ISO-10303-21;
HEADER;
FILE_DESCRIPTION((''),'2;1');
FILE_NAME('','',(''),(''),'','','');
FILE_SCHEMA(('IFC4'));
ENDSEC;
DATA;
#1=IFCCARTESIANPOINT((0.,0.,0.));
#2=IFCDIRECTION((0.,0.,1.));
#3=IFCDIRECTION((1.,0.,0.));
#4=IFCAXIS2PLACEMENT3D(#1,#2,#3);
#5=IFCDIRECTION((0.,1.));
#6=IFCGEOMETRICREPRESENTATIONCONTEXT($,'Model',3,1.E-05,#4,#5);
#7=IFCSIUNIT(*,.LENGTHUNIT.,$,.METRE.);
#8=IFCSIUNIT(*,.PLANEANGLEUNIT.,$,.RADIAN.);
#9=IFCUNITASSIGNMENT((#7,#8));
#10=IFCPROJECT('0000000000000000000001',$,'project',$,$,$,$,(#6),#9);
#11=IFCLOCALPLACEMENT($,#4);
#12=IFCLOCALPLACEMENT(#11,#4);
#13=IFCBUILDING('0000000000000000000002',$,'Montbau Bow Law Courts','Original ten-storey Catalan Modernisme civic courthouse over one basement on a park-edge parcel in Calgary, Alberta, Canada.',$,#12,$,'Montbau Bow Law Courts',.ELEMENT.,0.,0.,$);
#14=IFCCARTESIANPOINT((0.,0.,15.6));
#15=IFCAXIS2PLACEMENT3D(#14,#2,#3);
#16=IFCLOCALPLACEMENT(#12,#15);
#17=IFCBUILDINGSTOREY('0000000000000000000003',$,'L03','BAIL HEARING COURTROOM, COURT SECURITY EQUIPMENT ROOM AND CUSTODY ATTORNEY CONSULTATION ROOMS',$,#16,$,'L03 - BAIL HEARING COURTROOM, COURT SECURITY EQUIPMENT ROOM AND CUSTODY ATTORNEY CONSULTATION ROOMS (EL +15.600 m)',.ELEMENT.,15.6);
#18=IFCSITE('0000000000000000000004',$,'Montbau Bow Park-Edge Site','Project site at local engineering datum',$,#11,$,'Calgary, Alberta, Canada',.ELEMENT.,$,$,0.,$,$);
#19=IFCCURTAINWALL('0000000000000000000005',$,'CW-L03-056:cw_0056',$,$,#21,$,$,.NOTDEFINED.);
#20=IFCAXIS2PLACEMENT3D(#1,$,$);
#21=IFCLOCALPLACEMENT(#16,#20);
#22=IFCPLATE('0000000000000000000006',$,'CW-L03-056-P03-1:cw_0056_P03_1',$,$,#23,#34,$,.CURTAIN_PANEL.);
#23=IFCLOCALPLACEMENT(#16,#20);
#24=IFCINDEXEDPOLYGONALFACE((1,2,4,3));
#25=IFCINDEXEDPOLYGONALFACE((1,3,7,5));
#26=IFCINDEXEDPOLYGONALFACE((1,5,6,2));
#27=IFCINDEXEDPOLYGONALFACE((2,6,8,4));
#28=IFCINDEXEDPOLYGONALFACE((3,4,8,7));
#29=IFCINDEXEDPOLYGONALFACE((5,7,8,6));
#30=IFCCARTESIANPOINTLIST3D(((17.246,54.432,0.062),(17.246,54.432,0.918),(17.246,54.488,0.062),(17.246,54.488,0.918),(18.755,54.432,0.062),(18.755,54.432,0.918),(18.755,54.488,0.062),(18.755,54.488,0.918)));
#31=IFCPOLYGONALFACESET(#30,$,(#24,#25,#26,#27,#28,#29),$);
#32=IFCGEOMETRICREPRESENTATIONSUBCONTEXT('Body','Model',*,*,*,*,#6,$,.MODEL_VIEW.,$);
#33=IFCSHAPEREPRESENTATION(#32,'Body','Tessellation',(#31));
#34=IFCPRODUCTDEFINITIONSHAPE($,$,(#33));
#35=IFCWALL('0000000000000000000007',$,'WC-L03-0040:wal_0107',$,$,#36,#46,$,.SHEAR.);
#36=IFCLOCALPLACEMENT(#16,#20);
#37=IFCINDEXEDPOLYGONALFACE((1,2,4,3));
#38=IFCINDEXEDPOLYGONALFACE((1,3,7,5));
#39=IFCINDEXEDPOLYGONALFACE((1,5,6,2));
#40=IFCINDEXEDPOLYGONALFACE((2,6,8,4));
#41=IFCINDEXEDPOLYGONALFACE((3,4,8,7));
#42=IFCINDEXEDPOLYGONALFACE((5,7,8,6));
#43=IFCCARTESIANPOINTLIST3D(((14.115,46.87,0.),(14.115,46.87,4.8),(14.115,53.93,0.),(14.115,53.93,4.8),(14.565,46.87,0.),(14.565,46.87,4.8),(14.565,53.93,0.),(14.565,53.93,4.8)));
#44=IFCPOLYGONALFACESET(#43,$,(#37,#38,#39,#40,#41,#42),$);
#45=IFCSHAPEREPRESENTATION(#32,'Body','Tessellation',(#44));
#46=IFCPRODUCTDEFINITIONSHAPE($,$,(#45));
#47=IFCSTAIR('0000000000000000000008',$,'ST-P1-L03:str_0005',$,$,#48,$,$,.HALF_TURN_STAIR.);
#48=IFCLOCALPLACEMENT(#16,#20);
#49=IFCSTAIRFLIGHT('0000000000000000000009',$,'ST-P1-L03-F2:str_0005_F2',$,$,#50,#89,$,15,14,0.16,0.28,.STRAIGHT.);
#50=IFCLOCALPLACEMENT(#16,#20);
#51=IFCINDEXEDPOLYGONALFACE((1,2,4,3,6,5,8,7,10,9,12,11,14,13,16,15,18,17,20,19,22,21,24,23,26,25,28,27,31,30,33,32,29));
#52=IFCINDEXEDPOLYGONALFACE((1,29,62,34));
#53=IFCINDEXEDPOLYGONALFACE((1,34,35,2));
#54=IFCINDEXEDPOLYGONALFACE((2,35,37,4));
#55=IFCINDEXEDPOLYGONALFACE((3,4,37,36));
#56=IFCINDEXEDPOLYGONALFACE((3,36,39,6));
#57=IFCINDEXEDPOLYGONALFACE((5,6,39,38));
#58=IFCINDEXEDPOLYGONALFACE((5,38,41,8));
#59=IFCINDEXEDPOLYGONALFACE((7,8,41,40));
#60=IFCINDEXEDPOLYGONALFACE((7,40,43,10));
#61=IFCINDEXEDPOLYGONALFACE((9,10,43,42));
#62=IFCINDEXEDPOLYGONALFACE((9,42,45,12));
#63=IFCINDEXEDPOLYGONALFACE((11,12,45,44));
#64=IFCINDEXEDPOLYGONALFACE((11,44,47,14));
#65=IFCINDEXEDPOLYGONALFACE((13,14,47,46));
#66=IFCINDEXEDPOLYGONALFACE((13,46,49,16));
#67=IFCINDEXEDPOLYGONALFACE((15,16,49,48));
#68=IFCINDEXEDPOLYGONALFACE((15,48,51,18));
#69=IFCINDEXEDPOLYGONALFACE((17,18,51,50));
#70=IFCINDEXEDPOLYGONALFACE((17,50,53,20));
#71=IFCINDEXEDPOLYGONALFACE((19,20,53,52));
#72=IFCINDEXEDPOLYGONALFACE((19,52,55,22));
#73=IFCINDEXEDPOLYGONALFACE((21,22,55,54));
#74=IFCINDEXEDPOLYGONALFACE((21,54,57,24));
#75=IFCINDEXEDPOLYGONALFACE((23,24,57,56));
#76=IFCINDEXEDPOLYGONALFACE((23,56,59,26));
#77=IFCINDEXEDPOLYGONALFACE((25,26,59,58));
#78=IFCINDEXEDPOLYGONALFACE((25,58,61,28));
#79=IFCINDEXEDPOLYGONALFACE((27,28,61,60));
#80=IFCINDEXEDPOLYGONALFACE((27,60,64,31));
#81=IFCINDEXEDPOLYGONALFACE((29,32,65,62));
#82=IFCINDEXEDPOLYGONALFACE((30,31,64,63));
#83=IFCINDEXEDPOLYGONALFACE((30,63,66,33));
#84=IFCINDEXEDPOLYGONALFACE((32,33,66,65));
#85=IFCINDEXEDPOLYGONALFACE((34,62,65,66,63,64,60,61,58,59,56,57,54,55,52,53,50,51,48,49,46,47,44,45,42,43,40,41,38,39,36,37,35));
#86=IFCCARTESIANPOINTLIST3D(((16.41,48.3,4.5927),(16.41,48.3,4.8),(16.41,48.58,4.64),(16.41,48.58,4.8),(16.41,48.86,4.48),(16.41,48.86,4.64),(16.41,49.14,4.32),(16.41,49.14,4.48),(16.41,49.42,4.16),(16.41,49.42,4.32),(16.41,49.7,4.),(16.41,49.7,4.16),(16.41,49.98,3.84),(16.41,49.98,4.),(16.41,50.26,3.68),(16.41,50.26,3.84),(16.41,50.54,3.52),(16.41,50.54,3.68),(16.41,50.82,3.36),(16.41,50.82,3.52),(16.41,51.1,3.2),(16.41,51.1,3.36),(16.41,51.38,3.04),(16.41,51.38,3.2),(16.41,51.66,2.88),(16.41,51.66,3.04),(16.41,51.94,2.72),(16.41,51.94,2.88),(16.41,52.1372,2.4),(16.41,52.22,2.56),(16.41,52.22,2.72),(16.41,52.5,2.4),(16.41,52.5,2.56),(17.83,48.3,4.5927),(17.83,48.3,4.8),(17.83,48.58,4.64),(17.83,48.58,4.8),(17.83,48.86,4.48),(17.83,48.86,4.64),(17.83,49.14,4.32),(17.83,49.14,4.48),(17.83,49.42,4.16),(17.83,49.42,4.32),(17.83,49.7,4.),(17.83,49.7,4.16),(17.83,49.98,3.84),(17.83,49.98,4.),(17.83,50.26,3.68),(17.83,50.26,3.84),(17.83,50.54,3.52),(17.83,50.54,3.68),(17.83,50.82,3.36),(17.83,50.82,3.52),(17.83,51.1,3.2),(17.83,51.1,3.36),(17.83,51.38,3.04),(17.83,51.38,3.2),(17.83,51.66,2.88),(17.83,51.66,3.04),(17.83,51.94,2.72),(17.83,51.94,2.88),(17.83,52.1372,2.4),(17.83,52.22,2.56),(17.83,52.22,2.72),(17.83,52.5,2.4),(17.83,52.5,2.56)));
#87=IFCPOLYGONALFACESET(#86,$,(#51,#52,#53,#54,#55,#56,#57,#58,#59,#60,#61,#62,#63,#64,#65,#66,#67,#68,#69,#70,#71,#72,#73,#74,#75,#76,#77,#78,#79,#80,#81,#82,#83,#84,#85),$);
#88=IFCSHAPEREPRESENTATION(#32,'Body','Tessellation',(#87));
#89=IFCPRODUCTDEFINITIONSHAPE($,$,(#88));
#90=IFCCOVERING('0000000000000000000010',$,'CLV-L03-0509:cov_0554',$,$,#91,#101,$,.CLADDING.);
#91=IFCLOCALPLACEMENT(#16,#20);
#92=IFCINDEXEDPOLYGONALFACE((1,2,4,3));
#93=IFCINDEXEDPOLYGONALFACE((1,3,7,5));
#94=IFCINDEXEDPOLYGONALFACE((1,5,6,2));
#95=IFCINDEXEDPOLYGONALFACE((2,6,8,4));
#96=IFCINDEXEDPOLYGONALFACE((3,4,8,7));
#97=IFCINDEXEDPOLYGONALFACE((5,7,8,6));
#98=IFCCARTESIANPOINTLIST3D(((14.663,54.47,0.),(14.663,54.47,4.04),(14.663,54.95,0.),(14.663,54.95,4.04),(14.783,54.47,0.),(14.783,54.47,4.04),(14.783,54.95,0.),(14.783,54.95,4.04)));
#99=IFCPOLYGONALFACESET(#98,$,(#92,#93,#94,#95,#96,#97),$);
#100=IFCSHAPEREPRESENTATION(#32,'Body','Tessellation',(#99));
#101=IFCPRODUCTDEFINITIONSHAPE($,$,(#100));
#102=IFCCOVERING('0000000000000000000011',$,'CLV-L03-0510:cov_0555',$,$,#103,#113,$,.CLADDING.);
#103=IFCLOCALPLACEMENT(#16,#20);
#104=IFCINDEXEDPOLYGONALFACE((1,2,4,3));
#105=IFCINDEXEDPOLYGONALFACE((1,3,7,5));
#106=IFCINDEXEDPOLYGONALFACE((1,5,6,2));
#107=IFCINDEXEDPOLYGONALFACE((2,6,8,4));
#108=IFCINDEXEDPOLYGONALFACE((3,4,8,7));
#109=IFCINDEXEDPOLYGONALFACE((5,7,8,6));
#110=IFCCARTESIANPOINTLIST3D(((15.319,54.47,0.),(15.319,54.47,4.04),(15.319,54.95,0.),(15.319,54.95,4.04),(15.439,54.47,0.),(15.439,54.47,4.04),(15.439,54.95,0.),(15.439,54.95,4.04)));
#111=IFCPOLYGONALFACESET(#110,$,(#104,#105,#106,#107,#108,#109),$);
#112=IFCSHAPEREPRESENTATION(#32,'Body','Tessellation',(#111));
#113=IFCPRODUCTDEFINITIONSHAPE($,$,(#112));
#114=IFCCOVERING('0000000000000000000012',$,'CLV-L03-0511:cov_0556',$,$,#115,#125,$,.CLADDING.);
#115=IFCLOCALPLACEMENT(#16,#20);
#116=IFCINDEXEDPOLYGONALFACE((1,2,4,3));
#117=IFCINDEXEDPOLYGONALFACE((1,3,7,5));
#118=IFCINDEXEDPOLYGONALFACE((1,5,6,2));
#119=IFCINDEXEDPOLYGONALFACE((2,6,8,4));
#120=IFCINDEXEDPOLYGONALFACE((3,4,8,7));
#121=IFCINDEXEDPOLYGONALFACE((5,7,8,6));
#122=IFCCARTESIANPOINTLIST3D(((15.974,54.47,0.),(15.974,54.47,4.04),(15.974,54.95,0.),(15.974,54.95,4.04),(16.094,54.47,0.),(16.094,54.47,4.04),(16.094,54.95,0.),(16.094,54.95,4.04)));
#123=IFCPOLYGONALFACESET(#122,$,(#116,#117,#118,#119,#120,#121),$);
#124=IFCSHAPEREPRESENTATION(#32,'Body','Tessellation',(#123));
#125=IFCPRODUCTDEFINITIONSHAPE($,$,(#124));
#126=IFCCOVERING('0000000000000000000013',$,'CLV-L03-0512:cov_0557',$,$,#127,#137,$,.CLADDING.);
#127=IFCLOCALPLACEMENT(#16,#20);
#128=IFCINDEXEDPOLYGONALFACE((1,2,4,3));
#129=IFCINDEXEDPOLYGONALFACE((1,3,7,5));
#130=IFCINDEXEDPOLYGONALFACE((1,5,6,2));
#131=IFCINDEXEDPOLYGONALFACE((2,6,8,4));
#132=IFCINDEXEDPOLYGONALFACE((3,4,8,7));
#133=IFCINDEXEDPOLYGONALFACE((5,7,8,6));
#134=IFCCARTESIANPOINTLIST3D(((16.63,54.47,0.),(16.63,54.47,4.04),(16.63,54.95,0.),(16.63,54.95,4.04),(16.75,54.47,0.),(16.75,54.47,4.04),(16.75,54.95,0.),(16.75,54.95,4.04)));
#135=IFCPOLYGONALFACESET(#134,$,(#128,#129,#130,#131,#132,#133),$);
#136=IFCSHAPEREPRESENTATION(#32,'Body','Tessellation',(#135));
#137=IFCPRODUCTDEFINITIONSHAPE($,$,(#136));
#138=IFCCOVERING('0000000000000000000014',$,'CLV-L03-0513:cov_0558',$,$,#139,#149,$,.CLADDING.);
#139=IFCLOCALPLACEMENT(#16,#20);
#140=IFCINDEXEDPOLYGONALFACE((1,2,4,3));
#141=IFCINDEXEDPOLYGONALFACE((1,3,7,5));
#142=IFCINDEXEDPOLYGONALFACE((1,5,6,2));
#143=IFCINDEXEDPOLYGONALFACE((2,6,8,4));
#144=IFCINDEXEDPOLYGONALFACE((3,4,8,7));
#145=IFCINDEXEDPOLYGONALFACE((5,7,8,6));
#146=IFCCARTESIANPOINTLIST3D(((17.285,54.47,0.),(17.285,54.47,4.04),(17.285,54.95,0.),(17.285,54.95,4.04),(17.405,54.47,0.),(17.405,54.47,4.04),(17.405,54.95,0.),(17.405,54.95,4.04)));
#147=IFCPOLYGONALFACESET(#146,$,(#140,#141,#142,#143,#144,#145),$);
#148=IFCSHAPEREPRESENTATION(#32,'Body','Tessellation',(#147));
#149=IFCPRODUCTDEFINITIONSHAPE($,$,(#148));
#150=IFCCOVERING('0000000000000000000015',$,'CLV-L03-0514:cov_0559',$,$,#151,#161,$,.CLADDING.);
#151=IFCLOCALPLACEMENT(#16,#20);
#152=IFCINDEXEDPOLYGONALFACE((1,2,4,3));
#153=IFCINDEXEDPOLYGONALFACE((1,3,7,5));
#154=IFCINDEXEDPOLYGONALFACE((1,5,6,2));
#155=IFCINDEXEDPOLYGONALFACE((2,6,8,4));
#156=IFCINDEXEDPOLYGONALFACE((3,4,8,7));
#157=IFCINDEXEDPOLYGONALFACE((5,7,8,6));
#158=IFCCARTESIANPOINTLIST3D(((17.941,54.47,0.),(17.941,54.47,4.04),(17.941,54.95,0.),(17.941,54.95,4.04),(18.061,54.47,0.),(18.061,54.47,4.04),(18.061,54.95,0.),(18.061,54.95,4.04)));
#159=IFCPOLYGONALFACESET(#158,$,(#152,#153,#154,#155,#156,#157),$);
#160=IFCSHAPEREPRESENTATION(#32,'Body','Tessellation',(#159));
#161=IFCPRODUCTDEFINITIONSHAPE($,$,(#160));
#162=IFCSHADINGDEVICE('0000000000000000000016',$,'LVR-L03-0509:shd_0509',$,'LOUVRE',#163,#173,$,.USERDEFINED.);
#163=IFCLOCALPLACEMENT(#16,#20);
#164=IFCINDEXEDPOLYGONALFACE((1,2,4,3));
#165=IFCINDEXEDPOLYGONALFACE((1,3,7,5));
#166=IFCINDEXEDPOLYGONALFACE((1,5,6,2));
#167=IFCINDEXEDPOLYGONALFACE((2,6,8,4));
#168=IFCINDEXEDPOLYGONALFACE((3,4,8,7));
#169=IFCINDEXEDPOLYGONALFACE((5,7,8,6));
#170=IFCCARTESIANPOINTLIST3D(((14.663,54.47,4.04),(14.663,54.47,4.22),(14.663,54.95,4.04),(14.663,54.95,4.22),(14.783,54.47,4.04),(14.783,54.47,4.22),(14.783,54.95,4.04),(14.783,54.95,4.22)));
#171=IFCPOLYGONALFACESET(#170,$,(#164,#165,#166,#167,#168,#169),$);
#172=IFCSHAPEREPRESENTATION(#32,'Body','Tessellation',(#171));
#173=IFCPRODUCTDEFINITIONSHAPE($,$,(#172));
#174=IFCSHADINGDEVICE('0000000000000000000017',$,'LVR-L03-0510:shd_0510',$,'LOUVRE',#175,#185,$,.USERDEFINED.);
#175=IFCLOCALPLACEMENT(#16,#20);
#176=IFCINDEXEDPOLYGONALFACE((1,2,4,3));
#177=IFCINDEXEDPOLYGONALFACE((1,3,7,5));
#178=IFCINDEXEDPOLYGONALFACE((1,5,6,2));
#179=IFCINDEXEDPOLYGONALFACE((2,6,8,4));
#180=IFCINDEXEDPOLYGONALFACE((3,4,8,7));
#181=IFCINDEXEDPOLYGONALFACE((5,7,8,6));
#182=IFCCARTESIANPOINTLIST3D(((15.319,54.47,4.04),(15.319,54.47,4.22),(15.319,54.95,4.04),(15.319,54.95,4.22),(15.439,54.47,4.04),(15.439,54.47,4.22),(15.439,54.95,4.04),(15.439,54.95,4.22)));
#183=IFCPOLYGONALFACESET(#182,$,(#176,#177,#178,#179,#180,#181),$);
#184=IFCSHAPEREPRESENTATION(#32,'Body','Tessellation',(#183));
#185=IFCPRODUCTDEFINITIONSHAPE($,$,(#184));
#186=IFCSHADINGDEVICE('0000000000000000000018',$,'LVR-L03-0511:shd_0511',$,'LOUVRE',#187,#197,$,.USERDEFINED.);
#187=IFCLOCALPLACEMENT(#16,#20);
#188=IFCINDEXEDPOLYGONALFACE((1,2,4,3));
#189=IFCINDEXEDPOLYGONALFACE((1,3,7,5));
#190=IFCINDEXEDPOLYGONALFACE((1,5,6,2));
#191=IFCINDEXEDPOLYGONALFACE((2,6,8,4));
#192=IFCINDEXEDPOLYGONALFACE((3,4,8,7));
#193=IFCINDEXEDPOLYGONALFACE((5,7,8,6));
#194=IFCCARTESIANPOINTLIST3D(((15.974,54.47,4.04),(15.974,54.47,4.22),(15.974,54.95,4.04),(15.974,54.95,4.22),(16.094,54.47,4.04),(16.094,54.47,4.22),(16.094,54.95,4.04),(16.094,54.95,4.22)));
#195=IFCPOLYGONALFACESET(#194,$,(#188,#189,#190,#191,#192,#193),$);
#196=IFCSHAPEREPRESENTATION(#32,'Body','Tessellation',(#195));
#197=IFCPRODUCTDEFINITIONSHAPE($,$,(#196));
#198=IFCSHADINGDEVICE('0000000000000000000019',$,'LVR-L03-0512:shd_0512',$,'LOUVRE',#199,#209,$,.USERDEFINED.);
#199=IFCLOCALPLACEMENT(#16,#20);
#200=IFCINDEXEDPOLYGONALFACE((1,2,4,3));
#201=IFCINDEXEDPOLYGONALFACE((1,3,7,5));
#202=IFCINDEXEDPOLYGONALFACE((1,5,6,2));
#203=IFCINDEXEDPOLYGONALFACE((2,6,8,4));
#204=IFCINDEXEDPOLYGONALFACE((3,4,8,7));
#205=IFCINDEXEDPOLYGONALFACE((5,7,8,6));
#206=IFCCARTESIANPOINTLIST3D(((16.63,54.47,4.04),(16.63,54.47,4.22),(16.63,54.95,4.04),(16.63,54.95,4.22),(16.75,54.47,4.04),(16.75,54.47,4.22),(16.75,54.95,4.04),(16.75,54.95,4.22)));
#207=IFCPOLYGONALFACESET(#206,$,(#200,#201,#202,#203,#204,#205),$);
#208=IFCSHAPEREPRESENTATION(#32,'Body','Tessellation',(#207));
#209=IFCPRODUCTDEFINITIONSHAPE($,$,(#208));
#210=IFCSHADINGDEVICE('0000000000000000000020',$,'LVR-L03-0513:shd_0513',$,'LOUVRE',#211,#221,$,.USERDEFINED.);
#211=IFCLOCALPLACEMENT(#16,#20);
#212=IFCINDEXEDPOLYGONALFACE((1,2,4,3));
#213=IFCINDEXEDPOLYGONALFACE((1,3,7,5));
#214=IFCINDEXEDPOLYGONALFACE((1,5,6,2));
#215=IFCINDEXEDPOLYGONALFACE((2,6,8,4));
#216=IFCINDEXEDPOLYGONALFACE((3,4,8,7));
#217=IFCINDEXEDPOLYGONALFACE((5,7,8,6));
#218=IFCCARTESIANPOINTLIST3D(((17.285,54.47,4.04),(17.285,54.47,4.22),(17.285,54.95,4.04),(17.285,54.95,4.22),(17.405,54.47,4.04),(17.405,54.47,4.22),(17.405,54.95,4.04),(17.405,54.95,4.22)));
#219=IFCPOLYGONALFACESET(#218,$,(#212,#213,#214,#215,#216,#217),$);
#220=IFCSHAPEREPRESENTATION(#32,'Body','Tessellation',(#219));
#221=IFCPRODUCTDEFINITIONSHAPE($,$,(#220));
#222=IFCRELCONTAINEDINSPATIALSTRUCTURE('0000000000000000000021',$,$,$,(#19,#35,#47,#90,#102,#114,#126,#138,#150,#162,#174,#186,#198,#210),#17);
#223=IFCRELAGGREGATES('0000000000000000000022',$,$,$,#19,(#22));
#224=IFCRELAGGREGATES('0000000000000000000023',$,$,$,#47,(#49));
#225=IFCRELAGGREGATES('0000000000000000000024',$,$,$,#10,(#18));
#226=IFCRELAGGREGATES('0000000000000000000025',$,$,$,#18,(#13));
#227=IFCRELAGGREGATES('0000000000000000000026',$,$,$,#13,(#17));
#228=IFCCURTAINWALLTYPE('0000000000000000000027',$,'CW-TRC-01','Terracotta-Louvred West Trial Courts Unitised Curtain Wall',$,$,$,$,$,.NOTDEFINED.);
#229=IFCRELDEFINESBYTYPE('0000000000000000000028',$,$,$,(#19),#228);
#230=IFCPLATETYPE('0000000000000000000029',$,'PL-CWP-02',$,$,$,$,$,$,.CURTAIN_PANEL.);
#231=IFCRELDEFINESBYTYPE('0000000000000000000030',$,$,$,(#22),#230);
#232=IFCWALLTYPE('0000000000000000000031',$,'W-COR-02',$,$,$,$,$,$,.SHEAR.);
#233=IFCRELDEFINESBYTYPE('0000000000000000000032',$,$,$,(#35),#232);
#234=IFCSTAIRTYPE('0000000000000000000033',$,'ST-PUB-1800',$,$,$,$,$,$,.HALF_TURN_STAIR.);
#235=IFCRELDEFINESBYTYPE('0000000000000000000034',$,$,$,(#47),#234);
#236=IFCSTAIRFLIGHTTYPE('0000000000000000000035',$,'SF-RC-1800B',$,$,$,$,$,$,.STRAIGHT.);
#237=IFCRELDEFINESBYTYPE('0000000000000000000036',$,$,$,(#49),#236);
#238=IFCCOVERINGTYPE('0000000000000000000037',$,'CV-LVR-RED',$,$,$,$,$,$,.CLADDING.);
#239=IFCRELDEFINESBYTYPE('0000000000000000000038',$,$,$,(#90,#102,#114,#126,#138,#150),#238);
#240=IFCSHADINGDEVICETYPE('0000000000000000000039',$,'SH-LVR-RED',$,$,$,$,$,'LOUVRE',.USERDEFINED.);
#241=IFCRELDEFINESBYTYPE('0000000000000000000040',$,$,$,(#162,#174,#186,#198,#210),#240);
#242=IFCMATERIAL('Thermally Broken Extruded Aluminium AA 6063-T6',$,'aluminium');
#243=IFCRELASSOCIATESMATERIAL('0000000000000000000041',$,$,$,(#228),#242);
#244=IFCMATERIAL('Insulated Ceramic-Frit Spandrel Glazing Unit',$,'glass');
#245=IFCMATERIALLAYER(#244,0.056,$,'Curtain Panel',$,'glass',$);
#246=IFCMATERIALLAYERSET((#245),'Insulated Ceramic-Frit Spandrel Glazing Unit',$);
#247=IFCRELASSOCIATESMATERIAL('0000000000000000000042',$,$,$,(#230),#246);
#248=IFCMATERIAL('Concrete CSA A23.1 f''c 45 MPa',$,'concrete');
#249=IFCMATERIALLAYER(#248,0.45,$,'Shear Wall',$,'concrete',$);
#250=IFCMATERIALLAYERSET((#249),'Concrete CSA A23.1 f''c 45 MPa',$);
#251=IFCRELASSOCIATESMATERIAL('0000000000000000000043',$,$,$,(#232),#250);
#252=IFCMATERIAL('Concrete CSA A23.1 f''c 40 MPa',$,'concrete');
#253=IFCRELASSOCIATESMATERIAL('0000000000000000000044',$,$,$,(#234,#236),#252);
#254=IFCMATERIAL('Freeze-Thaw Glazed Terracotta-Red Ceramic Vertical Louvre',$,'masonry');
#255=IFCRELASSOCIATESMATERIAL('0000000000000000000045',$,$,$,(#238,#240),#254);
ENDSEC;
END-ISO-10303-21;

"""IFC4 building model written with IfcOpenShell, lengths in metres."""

from ifc_helpers import new_model, si_unit, direction, frame, frame_2d, origin_with_axes, origin_2d_with_axis, place, context, subcontext, project, spatial, polyline, rectangle, outline, extrude, material, layer, layer_set, type_object, element, aggregate, save


model = new_model("IFC4")

# Units and contexts
model_context = context("Model", 3, precision=1e-05, world=origin_with_axes(), true_north=direction((0.0, 1.0)))
body_context = subcontext(model_context, "Body", "Model", "MODEL_VIEW")
ifc_project = project(units=[si_unit("LENGTHUNIT", "METRE"), si_unit("PLANEANGLEUNIT", "RADIAN")], contexts=[model_context])

# Site, building, storey
site_placement = place(None, origin_with_axes())
site = spatial("IfcSite", under=ifc_project, at=site_placement, Name="Montbau Bow Park-Edge Site", Description="Project site at local engineering datum", LongName="Calgary, Alberta, Canada", CompositionType="ELEMENT", RefElevation=0.0)
building_placement = place(site_placement, origin_with_axes())
building = spatial("IfcBuilding", under=site, at=building_placement, Name="Montbau Bow Law Courts", Description="Original ten-storey Catalan Modernisme civic courthouse over one basement on a park-edge parcel in Calgary, Alberta, Canada.", LongName="Montbau Bow Law Courts", CompositionType="ELEMENT", ElevationOfRefHeight=0.0, ElevationOfTerrain=0.0)
storey_placement = place(building_placement, frame((0.0, 0.0, 15.6), z_axis=(0.0, 0.0, 1.0), x_axis=(1.0, 0.0, 0.0)))
storey = spatial("IfcBuildingStorey", under=building, at=storey_placement, Name="L03", Description="BAIL HEARING COURTROOM, COURT SECURITY EQUIPMENT ROOM AND CUSTODY ATTORNEY CONSULTATION ROOMS", LongName="L03 - BAIL HEARING COURTROOM, COURT SECURITY EQUIPMENT ROOM AND CUSTODY ATTORNEY CONSULTATION ROOMS (EL +15.600 m)", CompositionType="ELEMENT", Elevation=15.6)

# Curtain wall, plate
ifc_material_1 = material(Name="Thermally Broken Extruded Aluminium AA 6063-T6", Category="aluminium")
curtain_wall_type = type_object("IfcCurtainWallType", Name="CW-TRC-01", Description="Terracotta-Louvred West Trial Courts Unitised Curtain Wall", PredefinedType="NOTDEFINED", material=ifc_material_1)
curtain_wall_placement = place(None, frame((14.068, 54.46, 15.6), z_axis=(0.0, 0.0, 1.0), x_axis=(1.0, 0.0, 0.0)))
curtain_wall = element("IfcCurtainWall", 1, at=curtain_wall_placement, inside=storey, type_object=curtain_wall_type, Name="CW-L03-056:cw_0056", PredefinedType="NOTDEFINED")
ifc_material_2 = material(Name="Insulated Ceramic-Frit Spandrel Glazing Unit", Category="glass")
ifc_layer_1 = layer(ifc_material_2, 0.056, Name="Curtain Panel", Category="glass")
ifc_layer_set_1 = layer_set([ifc_layer_1], Name="Insulated Ceramic-Frit Spandrel Glazing Unit")
plate_type_1 = type_object("IfcPlateType", Name="PL-CWP-02", PredefinedType="CURTAIN_PANEL", material=ifc_layer_set_1)
plate_1_placement = place(None, frame((17.246, 54.46, 15.662), z_axis=(0.0, -1.0, 0.0), x_axis=(1.0, 0.0, 0.0)))
plate_1 = element("IfcPlate", 2, at=plate_1_placement, type_object=plate_type_1, Name="CW-L03-056-P03-1:cw_0056_P03_1", PredefinedType="CURTAIN_PANEL", context=body_context, shape_type="SweptSolid", body=[
    extrude(rectangle(XDim=1.509, YDim=0.856, at=frame_2d((0.7545, 0.428), x_axis=(1.0, 0.0))), frame((0.0, 0.0, -0.028), z_axis=(0.0, 0.0, 1.0), x_axis=(1.0, 0.0, 0.0)), (0.0, 0.0, 1.0), 0.056),
])
aggregate(curtain_wall, [plate_1])

# Wall
ifc_material_3 = material(Name="Concrete CSA A23.1 f'c 45 MPa", Category="concrete")
ifc_layer_2 = layer(ifc_material_3, 0.45, Name="Shear Wall", Category="concrete")
ifc_layer_set_2 = layer_set([ifc_layer_2], Name="Concrete CSA A23.1 f'c 45 MPa")
wall_type = type_object("IfcWallType", Name="W-COR-02", PredefinedType="SHEAR", material=ifc_layer_set_2)
wall_placement = place(None, frame((14.34, 53.93, 15.6), z_axis=(0.0, 0.0, 1.0), x_axis=(0.0, -1.0, 0.0)))
element("IfcWall", 3, at=wall_placement, inside=storey, type_object=wall_type, Name="WC-L03-0040:wal_0107", PredefinedType="SHEAR", context=body_context, shape_type="SweptSolid", body=[
    extrude(rectangle(XDim=7.06, YDim=0.45, at=frame_2d((3.53, 0.0), x_axis=(1.0, 0.0))), origin_with_axes(), (0.0, 0.0, 1.0), 4.8),
])

# Stair, stair flight
ifc_material_4 = material(Name="Concrete CSA A23.1 f'c 40 MPa", Category="concrete")
stair_type = type_object("IfcStairType", Name="ST-PUB-1800", PredefinedType="HALF_TURN_STAIR", material=ifc_material_4)
stair_placement = place(None, frame((15.305, 48.3, 15.6), z_axis=(0.0, 0.0, 1.0), x_axis=(1.0, 0.0, 0.0)))
stair = element("IfcStair", 4, at=stair_placement, inside=storey, type_object=stair_type, Name="ST-P1-L03:str_0005", PredefinedType="HALF_TURN_STAIR")
stair_flight_type = type_object("IfcStairFlightType", Name="SF-RC-1800B", PredefinedType="STRAIGHT", material=ifc_material_4)
stair_flight_placement = place(None, frame((17.12, 52.5, 18.0), z_axis=(0.0, 0.0, 1.0), x_axis=(0.0, -1.0, 0.0)))
stair_flight = element("IfcStairFlight", 5, at=stair_flight_placement, type_object=stair_flight_type, Name="ST-P1-L03-F2:str_0005_F2", NumberOfRisers=15, NumberOfTreads=14, PredefinedType="STRAIGHT", RiserHeight=0.16, TreadLength=0.28, context=body_context, shape_type="SweptSolid", body=[
    extrude(outline(polyline([(0.0, 0.0), (0.0, 0.16), (0.28, 0.16), (0.28, 0.32), (0.56, 0.32), (0.56, 0.48), (0.84, 0.48), (0.84, 0.64), (1.12, 0.64), (1.12, 0.8), (1.4, 0.8), (1.4, 0.96), (1.68, 0.96), (1.68, 1.12), (1.96, 1.12), (1.96, 1.28), (2.24, 1.28), (2.24, 1.44), (2.52, 1.44), (2.52, 1.6), (2.8, 1.6), (2.8, 1.76), (3.08, 1.76), (3.08, 1.92), (3.36, 1.92), (3.36, 2.08), (3.64, 2.08), (3.64, 2.24), (3.92, 2.24), (3.92, 2.4), (4.2, 2.4), (4.2, 2.1927), (0.3628, 0.0), (0.0, 0.0)])), frame((0.0, 0.71, 0.0), z_axis=(0.0, -1.0, 0.0), x_axis=(1.0, 0.0, 0.0)), (0.0, 0.0, 1.0), 1.42),
])
aggregate(stair, [stair_flight])

# Coverings
ifc_material_5 = material(Name="Freeze-Thaw Glazed Terracotta-Red Ceramic Vertical Louvre", Category="masonry")
covering_type = type_object("IfcCoveringType", Name="CV-LVR-RED", PredefinedType="CLADDING", material=ifc_material_5)
for number, where, z_axis, x_axis, name in (
    (6, (14.723, 54.47, 15.6), (1.0, 0.0, 0.0), (0.0, 1.0, 0.0), "CLV-L03-0509:cov_0554"),
    (7, (15.379, 54.47, 15.6), (1.0, 0.0, 0.0), (0.0, 1.0, 0.0), "CLV-L03-0510:cov_0555"),
    (8, (16.034, 54.47, 15.6), (1.0, 0.0, 0.0), (0.0, 1.0, 0.0), "CLV-L03-0511:cov_0556"),
    (9, (16.69, 54.47, 15.6), (1.0, 0.0, 0.0), (0.0, 1.0, 0.0), "CLV-L03-0512:cov_0557"),
    (10, (17.345, 54.47, 15.6), (1.0, 0.0, 0.0), (0.0, 1.0, 0.0), "CLV-L03-0513:cov_0558"),
    (11, (18.001, 54.47, 15.6), (1.0, 0.0, 0.0), (0.0, 1.0, 0.0), "CLV-L03-0514:cov_0559"),
):
    element("IfcCovering", number, at=place(None, frame(where, z_axis=z_axis, x_axis=x_axis)), inside=storey, type_object=covering_type, Name=name, PredefinedType="CLADDING", context=body_context, shape_type="SweptSolid", body=[
        extrude(rectangle(XDim=0.48, YDim=4.04, at=frame_2d((0.24, 2.02), x_axis=(1.0, 0.0))), frame((0.0, 0.0, -0.06), z_axis=(0.0, 0.0, 1.0), x_axis=(1.0, 0.0, 0.0)), (0.0, 0.0, 1.0), 0.12),
    ])

# Shading devices
shading_device_type = type_object("IfcShadingDeviceType", Name="SH-LVR-RED", ElementType="LOUVRE", PredefinedType="USERDEFINED", material=ifc_material_5)
for number, where, z_axis, x_axis, name in (
    (12, (14.723, 54.71, 19.64), (0.0, 0.0, 1.0), (0.0, 1.0, 0.0), "LVR-L03-0509:shd_0509"),
    (13, (15.379, 54.71, 19.64), (0.0, 0.0, 1.0), (0.0, 1.0, 0.0), "LVR-L03-0510:shd_0510"),
    (14, (16.034, 54.71, 19.64), (0.0, 0.0, 1.0), (0.0, 1.0, 0.0), "LVR-L03-0511:shd_0511"),
    (15, (16.69, 54.71, 19.64), (0.0, 0.0, 1.0), (0.0, 1.0, 0.0), "LVR-L03-0512:shd_0512"),
    (16, (17.345, 54.71, 19.64), (0.0, 0.0, 1.0), (0.0, 1.0, 0.0), "LVR-L03-0513:shd_0513"),
):
    element("IfcShadingDevice", number, at=place(None, frame(where, z_axis=z_axis, x_axis=x_axis)), inside=storey, type_object=shading_device_type, Name=name, ObjectType="LOUVRE", PredefinedType="USERDEFINED", context=body_context, shape_type="SweptSolid", body=[
        extrude(rectangle(XDim=0.48, YDim=0.12, at=origin_2d_with_axis()), origin_with_axes(), (0.0, 0.0, 1.0), 0.18),
    ])

save(model, "model.ifc")
